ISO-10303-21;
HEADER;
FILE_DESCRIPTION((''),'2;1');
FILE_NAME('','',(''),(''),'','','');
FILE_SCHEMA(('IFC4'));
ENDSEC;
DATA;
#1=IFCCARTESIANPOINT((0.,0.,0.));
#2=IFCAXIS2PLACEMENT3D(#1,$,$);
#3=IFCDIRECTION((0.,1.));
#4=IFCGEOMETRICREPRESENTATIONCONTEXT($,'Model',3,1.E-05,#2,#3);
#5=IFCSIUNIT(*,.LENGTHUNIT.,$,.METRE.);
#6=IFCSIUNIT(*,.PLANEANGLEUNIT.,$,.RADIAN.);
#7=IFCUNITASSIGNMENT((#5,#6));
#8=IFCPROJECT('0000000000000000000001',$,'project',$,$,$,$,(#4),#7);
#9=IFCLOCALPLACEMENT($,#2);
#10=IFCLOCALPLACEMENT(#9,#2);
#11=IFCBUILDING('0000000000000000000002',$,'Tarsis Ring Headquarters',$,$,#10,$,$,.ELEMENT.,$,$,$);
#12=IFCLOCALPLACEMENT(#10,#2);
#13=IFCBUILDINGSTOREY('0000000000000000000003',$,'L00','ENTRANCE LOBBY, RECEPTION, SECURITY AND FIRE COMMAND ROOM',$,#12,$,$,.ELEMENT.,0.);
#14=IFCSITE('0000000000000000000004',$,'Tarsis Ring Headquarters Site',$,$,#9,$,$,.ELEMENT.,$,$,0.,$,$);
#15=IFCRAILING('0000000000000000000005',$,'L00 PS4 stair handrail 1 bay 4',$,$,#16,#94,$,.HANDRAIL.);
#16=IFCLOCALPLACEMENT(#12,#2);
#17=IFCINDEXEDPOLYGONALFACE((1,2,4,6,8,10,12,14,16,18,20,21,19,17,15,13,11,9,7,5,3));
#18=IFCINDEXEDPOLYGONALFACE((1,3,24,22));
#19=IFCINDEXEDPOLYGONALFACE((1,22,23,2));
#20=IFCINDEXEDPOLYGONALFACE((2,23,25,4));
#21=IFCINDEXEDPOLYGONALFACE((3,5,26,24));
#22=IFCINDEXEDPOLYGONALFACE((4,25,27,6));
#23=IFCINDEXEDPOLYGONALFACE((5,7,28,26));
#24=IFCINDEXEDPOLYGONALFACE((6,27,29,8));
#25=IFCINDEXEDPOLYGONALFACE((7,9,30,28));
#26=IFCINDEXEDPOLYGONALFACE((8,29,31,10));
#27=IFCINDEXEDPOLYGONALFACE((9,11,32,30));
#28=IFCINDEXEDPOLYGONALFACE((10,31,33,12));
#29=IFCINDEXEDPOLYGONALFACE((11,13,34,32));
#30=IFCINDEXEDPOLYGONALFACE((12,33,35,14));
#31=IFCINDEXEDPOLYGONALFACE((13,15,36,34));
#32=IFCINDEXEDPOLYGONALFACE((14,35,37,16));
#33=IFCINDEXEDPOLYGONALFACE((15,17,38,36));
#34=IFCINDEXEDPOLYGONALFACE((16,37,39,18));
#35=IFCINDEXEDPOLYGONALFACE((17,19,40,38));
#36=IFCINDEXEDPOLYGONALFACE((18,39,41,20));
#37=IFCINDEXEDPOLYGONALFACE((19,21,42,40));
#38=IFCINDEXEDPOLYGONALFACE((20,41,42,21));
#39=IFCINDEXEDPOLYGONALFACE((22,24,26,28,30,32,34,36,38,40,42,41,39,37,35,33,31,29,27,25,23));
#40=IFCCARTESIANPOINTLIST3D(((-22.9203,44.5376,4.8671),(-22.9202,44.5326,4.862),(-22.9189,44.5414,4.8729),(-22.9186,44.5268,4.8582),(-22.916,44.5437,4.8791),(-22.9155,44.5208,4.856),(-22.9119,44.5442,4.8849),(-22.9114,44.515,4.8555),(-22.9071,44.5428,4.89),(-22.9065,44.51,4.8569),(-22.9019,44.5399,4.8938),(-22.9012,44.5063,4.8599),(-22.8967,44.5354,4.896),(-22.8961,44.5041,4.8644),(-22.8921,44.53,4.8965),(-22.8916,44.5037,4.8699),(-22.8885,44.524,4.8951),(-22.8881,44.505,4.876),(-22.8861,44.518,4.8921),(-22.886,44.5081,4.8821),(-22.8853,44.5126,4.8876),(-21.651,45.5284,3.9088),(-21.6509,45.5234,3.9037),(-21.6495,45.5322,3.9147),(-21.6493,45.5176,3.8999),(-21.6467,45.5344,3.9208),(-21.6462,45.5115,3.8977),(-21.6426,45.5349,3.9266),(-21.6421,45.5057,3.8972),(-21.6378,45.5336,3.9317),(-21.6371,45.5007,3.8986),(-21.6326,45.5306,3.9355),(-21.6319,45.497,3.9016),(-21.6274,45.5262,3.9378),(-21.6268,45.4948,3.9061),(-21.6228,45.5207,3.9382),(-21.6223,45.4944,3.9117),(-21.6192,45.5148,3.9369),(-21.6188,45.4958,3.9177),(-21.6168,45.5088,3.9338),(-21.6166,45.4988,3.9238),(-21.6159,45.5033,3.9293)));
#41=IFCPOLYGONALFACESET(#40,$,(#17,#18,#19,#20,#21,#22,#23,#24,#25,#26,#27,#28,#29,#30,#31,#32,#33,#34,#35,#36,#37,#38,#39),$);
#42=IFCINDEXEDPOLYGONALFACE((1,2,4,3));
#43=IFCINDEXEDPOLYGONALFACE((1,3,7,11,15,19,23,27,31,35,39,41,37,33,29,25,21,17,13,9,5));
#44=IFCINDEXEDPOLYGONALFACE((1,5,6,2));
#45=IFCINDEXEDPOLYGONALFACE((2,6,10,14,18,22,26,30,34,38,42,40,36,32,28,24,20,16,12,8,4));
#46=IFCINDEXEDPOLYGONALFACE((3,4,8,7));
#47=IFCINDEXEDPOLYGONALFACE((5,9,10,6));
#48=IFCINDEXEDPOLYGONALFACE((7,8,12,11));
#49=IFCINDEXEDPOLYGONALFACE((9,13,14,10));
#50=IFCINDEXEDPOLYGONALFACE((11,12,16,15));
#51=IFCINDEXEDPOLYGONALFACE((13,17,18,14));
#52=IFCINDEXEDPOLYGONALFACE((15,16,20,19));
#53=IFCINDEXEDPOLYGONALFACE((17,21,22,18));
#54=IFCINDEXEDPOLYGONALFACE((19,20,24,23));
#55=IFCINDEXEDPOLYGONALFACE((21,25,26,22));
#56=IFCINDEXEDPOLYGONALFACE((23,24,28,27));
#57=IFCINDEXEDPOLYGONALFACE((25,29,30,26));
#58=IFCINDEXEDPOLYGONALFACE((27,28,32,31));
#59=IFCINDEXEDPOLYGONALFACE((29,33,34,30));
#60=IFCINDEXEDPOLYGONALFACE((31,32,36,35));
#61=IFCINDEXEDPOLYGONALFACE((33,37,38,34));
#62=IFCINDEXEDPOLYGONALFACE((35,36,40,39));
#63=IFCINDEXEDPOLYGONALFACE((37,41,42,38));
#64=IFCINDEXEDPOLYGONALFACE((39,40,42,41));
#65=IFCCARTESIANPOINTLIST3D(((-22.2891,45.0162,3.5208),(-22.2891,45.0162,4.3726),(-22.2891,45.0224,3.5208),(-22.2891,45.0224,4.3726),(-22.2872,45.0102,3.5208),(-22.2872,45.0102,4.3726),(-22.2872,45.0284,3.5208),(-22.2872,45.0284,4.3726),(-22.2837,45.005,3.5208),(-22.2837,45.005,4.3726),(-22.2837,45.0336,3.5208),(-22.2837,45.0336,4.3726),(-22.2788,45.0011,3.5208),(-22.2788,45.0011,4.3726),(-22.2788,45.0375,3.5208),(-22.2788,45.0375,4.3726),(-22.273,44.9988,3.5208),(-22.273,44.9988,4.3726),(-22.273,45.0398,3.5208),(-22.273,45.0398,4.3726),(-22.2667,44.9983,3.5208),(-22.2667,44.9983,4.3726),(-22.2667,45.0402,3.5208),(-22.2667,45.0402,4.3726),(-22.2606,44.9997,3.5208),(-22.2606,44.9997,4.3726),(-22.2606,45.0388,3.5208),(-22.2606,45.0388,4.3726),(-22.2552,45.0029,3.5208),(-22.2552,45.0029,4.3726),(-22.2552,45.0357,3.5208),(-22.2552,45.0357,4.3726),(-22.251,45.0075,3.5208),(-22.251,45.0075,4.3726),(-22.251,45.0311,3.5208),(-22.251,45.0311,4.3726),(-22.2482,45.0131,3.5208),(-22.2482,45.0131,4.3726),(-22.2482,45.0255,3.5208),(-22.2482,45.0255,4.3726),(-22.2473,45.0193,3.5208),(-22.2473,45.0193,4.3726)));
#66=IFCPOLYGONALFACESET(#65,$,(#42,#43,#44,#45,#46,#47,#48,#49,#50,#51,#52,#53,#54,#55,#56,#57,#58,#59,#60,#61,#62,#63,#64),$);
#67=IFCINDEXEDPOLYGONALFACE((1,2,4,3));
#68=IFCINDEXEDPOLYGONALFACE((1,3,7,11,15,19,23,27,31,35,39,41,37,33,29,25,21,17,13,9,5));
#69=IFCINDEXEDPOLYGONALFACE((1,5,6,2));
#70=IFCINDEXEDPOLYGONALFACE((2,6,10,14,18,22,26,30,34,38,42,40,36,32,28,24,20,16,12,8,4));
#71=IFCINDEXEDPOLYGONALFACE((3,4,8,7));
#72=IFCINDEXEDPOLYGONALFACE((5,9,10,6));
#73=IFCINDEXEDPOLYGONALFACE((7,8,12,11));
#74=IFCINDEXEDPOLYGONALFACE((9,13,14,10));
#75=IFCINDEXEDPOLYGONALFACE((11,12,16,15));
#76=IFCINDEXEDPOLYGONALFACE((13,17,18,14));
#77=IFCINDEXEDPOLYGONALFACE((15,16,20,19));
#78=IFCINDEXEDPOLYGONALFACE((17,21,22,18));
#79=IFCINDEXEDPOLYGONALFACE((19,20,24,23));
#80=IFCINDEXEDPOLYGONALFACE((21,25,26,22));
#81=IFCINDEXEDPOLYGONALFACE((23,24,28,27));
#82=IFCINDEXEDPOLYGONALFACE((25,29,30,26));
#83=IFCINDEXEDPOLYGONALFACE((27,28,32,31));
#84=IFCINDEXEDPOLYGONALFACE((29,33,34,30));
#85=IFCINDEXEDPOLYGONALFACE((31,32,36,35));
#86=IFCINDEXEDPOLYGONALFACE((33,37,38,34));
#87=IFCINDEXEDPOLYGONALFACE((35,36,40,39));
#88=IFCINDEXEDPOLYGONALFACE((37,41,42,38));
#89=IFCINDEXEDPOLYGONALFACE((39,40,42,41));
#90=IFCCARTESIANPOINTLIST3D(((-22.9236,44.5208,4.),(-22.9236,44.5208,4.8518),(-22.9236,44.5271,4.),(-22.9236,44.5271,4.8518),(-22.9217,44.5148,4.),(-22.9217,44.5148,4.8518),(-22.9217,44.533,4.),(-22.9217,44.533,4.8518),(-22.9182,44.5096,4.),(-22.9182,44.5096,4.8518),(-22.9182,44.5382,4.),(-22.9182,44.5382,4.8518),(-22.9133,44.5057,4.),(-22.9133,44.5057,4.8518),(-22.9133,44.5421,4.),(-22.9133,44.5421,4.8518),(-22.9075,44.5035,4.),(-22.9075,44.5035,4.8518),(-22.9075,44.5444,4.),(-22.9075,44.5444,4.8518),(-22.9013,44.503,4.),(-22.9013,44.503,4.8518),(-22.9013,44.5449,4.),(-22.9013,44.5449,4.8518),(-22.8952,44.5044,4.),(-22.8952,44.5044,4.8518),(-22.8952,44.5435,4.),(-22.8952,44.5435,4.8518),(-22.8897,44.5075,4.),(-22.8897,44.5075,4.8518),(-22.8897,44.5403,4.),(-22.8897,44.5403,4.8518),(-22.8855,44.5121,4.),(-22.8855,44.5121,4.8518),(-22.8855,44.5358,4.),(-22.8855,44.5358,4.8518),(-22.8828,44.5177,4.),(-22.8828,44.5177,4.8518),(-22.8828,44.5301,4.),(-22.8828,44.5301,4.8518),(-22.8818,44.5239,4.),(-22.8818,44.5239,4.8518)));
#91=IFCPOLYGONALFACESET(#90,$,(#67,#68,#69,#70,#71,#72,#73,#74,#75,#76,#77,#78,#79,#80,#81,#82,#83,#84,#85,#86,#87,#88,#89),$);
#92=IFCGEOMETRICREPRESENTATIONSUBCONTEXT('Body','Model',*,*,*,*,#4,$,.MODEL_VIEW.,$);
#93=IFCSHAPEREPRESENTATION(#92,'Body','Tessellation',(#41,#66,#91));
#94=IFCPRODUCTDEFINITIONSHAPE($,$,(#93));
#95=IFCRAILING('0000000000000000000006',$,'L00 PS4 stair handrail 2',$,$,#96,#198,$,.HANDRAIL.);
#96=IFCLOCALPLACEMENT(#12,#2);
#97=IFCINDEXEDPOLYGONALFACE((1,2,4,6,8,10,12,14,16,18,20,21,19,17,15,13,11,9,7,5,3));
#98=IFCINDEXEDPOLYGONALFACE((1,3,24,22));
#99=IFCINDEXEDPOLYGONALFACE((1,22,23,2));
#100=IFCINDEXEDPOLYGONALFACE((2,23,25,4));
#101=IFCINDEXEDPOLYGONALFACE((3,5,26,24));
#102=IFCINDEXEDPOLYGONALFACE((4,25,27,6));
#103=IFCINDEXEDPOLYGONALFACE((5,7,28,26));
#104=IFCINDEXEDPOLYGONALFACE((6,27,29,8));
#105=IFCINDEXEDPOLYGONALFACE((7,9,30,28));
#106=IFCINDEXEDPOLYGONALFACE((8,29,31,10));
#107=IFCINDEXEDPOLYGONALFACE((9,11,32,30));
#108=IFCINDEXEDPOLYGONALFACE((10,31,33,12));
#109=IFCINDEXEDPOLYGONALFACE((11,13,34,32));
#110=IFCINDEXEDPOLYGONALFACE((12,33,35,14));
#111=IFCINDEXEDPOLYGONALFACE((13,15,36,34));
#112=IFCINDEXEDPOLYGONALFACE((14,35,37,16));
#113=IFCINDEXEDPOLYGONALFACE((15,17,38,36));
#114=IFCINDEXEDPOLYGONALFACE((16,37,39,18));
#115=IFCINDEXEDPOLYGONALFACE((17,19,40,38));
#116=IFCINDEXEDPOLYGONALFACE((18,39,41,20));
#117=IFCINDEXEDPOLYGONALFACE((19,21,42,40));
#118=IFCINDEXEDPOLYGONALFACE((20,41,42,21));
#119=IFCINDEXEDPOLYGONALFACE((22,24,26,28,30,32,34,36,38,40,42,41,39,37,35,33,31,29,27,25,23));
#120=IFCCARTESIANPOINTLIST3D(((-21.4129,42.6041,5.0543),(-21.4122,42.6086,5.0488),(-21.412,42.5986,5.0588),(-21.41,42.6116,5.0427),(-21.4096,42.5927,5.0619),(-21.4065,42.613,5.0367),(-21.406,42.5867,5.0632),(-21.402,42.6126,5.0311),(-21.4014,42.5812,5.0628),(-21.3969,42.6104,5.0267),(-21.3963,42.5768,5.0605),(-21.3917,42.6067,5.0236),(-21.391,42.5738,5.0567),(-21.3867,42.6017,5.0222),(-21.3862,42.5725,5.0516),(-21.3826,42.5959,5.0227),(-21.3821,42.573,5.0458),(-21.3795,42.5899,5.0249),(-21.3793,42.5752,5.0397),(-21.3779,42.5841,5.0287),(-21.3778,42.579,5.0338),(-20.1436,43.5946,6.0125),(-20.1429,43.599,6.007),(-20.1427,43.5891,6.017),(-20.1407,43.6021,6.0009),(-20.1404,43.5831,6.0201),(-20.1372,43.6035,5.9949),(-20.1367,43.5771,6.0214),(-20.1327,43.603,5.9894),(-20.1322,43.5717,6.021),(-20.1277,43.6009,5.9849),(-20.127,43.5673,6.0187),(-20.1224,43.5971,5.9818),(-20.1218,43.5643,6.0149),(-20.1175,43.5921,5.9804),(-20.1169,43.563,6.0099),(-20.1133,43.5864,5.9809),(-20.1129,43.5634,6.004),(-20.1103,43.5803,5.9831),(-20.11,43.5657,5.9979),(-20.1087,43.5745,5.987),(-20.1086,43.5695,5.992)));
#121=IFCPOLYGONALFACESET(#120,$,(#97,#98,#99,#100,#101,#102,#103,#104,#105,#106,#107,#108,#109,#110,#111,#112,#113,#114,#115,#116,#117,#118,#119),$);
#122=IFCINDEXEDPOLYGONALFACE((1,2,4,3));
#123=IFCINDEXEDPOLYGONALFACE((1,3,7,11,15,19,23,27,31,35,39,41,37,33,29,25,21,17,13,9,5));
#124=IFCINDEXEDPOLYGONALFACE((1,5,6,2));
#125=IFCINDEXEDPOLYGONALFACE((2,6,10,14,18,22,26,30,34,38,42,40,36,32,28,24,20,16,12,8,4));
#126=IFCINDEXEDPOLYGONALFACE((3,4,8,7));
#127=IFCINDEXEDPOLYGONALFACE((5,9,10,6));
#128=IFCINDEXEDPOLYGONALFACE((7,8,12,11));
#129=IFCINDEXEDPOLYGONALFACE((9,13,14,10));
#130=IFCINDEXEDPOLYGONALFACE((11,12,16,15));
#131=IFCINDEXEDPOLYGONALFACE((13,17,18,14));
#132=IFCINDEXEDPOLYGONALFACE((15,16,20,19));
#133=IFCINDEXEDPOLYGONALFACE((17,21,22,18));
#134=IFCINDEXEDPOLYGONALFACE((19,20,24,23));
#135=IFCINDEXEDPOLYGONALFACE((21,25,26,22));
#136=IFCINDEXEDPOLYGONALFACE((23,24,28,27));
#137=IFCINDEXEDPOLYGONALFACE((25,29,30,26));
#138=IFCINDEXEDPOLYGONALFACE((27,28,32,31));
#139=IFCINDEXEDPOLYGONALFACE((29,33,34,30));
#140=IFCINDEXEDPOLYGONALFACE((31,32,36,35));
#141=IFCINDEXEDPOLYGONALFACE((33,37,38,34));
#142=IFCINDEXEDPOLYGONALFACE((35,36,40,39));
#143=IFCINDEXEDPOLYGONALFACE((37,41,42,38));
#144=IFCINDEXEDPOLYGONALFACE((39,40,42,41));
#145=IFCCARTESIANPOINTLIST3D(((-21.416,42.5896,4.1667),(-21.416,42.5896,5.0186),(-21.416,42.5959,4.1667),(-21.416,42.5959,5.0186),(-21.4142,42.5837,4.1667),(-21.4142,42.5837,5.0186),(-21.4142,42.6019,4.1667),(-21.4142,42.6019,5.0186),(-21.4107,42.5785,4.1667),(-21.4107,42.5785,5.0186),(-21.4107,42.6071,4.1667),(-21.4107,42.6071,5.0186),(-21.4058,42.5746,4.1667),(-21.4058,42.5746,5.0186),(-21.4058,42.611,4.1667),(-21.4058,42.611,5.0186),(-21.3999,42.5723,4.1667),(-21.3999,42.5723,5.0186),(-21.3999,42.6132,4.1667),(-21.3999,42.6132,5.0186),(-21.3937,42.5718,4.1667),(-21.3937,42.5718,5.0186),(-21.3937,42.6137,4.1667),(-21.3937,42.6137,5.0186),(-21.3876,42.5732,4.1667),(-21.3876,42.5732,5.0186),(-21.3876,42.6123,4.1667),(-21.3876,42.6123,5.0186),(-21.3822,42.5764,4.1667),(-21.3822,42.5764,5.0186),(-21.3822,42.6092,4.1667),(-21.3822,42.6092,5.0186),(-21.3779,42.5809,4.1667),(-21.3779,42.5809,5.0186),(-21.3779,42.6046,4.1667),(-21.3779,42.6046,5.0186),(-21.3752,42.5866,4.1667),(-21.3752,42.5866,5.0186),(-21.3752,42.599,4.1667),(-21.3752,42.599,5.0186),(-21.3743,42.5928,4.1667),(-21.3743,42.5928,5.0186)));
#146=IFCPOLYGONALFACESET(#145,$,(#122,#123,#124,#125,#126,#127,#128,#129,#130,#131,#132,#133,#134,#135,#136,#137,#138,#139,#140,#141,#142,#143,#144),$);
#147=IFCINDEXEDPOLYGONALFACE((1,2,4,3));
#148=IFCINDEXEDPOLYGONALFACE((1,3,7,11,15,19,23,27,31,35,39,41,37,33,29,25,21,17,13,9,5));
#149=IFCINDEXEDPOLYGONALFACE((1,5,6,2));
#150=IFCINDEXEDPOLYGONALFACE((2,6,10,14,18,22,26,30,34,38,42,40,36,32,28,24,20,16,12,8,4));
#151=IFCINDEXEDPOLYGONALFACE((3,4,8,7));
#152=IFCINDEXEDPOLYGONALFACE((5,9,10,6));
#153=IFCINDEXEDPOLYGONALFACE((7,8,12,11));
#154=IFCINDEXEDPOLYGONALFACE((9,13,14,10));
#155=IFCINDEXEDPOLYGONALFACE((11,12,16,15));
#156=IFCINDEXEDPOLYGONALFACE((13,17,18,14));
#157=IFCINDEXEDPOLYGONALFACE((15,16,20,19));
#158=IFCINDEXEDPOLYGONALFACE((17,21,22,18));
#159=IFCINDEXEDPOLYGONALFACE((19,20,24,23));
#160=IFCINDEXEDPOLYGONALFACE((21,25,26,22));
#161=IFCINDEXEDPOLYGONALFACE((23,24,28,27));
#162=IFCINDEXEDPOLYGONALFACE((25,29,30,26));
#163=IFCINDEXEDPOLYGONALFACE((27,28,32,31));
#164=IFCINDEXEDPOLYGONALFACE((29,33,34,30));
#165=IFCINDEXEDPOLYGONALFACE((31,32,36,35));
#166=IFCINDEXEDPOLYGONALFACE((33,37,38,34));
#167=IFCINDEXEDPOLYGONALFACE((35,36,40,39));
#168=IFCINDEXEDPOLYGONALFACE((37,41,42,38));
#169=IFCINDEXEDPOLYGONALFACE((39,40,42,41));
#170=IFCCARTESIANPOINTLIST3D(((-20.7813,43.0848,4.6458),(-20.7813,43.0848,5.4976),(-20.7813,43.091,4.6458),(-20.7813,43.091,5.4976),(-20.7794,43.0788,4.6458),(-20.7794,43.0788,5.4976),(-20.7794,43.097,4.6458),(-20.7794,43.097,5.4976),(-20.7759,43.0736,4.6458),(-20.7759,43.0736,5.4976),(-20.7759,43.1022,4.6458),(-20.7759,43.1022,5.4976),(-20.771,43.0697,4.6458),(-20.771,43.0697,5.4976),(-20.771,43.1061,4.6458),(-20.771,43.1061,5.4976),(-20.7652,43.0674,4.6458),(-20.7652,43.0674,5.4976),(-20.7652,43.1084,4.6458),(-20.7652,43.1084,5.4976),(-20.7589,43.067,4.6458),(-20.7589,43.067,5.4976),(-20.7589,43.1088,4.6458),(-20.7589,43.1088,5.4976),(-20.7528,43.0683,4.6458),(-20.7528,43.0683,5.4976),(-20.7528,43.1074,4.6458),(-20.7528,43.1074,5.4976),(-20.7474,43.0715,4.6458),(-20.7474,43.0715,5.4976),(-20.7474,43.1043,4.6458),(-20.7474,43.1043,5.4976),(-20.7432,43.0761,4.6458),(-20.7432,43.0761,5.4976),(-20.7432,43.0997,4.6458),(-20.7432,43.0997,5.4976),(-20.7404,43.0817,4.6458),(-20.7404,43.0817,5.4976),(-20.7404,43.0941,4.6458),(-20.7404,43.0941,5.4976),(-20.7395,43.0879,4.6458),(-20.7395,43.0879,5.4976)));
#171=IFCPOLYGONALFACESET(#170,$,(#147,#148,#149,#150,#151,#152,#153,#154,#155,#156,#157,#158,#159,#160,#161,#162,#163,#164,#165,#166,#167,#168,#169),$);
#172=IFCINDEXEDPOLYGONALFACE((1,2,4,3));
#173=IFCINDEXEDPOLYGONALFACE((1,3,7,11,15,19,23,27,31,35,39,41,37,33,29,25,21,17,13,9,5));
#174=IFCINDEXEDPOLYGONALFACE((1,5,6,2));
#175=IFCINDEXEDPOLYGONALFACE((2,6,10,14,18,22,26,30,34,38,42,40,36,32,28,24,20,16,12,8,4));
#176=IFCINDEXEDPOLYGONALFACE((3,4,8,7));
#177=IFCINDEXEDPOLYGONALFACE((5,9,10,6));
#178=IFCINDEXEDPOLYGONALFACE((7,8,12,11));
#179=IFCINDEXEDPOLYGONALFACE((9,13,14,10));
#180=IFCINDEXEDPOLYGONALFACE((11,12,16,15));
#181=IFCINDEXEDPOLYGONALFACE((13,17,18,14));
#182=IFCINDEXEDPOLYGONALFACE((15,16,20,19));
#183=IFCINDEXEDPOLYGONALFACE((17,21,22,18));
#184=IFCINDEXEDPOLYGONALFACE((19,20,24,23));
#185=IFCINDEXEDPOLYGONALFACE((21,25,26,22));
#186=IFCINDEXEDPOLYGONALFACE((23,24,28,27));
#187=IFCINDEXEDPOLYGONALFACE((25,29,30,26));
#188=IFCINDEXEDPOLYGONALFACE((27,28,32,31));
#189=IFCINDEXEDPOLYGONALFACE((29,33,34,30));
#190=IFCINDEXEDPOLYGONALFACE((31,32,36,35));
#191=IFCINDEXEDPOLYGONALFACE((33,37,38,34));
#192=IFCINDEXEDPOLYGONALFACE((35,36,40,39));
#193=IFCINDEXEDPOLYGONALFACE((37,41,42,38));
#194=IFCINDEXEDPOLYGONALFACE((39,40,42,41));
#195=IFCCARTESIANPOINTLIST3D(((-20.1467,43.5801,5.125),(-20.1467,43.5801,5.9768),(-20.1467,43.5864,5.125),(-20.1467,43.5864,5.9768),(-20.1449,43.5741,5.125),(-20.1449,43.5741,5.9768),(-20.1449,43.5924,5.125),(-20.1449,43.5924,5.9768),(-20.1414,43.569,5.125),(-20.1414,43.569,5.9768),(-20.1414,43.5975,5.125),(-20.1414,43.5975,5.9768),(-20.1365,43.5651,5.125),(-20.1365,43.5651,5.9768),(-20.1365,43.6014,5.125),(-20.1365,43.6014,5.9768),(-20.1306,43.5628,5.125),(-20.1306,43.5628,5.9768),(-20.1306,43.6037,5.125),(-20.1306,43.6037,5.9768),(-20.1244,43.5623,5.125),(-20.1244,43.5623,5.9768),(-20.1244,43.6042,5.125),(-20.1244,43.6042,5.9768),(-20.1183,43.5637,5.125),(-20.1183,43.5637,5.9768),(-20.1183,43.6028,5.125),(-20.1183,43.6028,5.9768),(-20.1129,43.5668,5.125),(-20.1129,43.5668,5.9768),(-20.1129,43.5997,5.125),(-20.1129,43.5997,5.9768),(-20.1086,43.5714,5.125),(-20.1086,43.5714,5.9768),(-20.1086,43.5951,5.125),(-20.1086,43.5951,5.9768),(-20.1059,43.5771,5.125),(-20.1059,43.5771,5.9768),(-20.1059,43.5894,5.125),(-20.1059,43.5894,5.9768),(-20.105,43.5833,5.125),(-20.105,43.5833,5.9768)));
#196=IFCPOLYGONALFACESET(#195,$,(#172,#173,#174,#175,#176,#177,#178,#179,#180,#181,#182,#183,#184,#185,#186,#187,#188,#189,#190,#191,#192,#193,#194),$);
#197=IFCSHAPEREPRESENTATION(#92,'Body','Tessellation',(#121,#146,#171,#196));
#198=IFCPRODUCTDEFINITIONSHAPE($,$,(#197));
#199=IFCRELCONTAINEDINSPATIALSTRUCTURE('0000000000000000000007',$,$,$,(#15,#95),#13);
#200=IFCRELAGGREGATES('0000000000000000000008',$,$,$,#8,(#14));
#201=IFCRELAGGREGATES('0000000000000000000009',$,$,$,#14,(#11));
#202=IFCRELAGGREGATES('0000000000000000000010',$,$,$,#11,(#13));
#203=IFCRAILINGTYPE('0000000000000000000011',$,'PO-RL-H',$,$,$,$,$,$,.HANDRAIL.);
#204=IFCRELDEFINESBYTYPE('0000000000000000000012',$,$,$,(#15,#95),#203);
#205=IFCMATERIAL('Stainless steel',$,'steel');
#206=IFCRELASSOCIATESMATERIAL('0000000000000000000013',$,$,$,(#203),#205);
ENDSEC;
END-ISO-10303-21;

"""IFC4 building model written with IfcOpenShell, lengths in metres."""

from ifc_helpers import new_model, si_unit, direction, frame, origin, origin_2d, place, context, subcontext, project, spatial, circle, extrude, material, type_object, element, save


model = new_model("IFC4")

# Units and contexts
model_context = context("Model", 3, precision=1e-05, world=origin(), true_north=direction((0.0, 1.0)))
body_context = subcontext(model_context, "Body", "Model", "MODEL_VIEW")
ifc_project = project(units=[si_unit("LENGTHUNIT", "METRE"), si_unit("PLANEANGLEUNIT", "RADIAN")], contexts=[model_context])

# Site, building, storey
site_placement = place(None, origin())
site = spatial("IfcSite", under=ifc_project, at=site_placement, Name="Tarsis Ring Headquarters Site", CompositionType="ELEMENT", RefElevation=0.0)
building_placement = place(site_placement, origin())
building = spatial("IfcBuilding", under=site, at=building_placement, Name="Tarsis Ring Headquarters", CompositionType="ELEMENT")
storey_placement = place(building_placement, origin())
storey = spatial("IfcBuildingStorey", under=building, at=storey_placement, Name="L00", Description="ENTRANCE LOBBY, RECEPTION, SECURITY AND FIRE COMMAND ROOM", CompositionType="ELEMENT", Elevation=0.0)

# Railings
ifc_material_1 = material(Name="Stainless steel", Category="steel")
railing_type_1 = type_object("IfcRailingType", Name="PO-RL-H", PredefinedType="HANDRAIL", material=ifc_material_1)
railing_1_placement = place(storey_placement, frame((-21.6335, 45.5146, 3.0417)))
element("IfcRailing", 1, at=railing_1_placement, inside=storey, type_object=railing_type_1, Name="L00 PS4 stair handrail 1 bay 4", PredefinedType="HANDRAIL", context=body_context, shape_type="SweptSolid", body=[
    extrude(circle(Radius=0.0239, at=origin_2d()), frame((0.0, 0.0, 0.876), z_axis=(-0.677412, -0.528743, 0.511414), x_axis=(0.615294, -0.788298, 0.0)), (0.0, 0.0, 1.0), 1.8738),
    extrude(circle(Radius=0.021, at=origin_2d()), frame((-0.6348, -0.4954, 0.479)), (0.0, 0.0, 1.0), 0.8518),
    extrude(circle(Radius=0.021, at=origin_2d()), frame((-1.2693, -0.9907, 0.9583)), (0.0, 0.0, 1.0), 0.8518),
])
railing_2_placement = place(storey_placement, frame((-21.3953, 42.5928, 4.1667)))
element("IfcRailing", 2, at=railing_2_placement, inside=storey, type_object=railing_type_1, Name="L00 PS4 stair handrail 2", PredefinedType="HANDRAIL", context=body_context, shape_type="SweptSolid", body=[
    extrude(circle(Radius=0.0239, at=origin_2d()), frame((0.0, 0.0, 0.876), z_axis=(0.677458, 0.528649, 0.511449), x_axis=(-0.6152, 0.788371, 0.0)), (0.0, 0.0, 1.0), 1.8735),
    extrude(circle(Radius=0.021, at=origin_2d()), origin(), (0.0, 0.0, 1.0), 0.8518),
    extrude(circle(Radius=0.021, at=origin_2d()), frame((0.6348, 0.4951, 0.479)), (0.0, 0.0, 1.0), 0.8518),
    extrude(circle(Radius=0.021, at=origin_2d()), frame((1.2693, 0.9905, 0.9583)), (0.0, 0.0, 1.0), 0.8518),
])

save(model, "model.ifc")
